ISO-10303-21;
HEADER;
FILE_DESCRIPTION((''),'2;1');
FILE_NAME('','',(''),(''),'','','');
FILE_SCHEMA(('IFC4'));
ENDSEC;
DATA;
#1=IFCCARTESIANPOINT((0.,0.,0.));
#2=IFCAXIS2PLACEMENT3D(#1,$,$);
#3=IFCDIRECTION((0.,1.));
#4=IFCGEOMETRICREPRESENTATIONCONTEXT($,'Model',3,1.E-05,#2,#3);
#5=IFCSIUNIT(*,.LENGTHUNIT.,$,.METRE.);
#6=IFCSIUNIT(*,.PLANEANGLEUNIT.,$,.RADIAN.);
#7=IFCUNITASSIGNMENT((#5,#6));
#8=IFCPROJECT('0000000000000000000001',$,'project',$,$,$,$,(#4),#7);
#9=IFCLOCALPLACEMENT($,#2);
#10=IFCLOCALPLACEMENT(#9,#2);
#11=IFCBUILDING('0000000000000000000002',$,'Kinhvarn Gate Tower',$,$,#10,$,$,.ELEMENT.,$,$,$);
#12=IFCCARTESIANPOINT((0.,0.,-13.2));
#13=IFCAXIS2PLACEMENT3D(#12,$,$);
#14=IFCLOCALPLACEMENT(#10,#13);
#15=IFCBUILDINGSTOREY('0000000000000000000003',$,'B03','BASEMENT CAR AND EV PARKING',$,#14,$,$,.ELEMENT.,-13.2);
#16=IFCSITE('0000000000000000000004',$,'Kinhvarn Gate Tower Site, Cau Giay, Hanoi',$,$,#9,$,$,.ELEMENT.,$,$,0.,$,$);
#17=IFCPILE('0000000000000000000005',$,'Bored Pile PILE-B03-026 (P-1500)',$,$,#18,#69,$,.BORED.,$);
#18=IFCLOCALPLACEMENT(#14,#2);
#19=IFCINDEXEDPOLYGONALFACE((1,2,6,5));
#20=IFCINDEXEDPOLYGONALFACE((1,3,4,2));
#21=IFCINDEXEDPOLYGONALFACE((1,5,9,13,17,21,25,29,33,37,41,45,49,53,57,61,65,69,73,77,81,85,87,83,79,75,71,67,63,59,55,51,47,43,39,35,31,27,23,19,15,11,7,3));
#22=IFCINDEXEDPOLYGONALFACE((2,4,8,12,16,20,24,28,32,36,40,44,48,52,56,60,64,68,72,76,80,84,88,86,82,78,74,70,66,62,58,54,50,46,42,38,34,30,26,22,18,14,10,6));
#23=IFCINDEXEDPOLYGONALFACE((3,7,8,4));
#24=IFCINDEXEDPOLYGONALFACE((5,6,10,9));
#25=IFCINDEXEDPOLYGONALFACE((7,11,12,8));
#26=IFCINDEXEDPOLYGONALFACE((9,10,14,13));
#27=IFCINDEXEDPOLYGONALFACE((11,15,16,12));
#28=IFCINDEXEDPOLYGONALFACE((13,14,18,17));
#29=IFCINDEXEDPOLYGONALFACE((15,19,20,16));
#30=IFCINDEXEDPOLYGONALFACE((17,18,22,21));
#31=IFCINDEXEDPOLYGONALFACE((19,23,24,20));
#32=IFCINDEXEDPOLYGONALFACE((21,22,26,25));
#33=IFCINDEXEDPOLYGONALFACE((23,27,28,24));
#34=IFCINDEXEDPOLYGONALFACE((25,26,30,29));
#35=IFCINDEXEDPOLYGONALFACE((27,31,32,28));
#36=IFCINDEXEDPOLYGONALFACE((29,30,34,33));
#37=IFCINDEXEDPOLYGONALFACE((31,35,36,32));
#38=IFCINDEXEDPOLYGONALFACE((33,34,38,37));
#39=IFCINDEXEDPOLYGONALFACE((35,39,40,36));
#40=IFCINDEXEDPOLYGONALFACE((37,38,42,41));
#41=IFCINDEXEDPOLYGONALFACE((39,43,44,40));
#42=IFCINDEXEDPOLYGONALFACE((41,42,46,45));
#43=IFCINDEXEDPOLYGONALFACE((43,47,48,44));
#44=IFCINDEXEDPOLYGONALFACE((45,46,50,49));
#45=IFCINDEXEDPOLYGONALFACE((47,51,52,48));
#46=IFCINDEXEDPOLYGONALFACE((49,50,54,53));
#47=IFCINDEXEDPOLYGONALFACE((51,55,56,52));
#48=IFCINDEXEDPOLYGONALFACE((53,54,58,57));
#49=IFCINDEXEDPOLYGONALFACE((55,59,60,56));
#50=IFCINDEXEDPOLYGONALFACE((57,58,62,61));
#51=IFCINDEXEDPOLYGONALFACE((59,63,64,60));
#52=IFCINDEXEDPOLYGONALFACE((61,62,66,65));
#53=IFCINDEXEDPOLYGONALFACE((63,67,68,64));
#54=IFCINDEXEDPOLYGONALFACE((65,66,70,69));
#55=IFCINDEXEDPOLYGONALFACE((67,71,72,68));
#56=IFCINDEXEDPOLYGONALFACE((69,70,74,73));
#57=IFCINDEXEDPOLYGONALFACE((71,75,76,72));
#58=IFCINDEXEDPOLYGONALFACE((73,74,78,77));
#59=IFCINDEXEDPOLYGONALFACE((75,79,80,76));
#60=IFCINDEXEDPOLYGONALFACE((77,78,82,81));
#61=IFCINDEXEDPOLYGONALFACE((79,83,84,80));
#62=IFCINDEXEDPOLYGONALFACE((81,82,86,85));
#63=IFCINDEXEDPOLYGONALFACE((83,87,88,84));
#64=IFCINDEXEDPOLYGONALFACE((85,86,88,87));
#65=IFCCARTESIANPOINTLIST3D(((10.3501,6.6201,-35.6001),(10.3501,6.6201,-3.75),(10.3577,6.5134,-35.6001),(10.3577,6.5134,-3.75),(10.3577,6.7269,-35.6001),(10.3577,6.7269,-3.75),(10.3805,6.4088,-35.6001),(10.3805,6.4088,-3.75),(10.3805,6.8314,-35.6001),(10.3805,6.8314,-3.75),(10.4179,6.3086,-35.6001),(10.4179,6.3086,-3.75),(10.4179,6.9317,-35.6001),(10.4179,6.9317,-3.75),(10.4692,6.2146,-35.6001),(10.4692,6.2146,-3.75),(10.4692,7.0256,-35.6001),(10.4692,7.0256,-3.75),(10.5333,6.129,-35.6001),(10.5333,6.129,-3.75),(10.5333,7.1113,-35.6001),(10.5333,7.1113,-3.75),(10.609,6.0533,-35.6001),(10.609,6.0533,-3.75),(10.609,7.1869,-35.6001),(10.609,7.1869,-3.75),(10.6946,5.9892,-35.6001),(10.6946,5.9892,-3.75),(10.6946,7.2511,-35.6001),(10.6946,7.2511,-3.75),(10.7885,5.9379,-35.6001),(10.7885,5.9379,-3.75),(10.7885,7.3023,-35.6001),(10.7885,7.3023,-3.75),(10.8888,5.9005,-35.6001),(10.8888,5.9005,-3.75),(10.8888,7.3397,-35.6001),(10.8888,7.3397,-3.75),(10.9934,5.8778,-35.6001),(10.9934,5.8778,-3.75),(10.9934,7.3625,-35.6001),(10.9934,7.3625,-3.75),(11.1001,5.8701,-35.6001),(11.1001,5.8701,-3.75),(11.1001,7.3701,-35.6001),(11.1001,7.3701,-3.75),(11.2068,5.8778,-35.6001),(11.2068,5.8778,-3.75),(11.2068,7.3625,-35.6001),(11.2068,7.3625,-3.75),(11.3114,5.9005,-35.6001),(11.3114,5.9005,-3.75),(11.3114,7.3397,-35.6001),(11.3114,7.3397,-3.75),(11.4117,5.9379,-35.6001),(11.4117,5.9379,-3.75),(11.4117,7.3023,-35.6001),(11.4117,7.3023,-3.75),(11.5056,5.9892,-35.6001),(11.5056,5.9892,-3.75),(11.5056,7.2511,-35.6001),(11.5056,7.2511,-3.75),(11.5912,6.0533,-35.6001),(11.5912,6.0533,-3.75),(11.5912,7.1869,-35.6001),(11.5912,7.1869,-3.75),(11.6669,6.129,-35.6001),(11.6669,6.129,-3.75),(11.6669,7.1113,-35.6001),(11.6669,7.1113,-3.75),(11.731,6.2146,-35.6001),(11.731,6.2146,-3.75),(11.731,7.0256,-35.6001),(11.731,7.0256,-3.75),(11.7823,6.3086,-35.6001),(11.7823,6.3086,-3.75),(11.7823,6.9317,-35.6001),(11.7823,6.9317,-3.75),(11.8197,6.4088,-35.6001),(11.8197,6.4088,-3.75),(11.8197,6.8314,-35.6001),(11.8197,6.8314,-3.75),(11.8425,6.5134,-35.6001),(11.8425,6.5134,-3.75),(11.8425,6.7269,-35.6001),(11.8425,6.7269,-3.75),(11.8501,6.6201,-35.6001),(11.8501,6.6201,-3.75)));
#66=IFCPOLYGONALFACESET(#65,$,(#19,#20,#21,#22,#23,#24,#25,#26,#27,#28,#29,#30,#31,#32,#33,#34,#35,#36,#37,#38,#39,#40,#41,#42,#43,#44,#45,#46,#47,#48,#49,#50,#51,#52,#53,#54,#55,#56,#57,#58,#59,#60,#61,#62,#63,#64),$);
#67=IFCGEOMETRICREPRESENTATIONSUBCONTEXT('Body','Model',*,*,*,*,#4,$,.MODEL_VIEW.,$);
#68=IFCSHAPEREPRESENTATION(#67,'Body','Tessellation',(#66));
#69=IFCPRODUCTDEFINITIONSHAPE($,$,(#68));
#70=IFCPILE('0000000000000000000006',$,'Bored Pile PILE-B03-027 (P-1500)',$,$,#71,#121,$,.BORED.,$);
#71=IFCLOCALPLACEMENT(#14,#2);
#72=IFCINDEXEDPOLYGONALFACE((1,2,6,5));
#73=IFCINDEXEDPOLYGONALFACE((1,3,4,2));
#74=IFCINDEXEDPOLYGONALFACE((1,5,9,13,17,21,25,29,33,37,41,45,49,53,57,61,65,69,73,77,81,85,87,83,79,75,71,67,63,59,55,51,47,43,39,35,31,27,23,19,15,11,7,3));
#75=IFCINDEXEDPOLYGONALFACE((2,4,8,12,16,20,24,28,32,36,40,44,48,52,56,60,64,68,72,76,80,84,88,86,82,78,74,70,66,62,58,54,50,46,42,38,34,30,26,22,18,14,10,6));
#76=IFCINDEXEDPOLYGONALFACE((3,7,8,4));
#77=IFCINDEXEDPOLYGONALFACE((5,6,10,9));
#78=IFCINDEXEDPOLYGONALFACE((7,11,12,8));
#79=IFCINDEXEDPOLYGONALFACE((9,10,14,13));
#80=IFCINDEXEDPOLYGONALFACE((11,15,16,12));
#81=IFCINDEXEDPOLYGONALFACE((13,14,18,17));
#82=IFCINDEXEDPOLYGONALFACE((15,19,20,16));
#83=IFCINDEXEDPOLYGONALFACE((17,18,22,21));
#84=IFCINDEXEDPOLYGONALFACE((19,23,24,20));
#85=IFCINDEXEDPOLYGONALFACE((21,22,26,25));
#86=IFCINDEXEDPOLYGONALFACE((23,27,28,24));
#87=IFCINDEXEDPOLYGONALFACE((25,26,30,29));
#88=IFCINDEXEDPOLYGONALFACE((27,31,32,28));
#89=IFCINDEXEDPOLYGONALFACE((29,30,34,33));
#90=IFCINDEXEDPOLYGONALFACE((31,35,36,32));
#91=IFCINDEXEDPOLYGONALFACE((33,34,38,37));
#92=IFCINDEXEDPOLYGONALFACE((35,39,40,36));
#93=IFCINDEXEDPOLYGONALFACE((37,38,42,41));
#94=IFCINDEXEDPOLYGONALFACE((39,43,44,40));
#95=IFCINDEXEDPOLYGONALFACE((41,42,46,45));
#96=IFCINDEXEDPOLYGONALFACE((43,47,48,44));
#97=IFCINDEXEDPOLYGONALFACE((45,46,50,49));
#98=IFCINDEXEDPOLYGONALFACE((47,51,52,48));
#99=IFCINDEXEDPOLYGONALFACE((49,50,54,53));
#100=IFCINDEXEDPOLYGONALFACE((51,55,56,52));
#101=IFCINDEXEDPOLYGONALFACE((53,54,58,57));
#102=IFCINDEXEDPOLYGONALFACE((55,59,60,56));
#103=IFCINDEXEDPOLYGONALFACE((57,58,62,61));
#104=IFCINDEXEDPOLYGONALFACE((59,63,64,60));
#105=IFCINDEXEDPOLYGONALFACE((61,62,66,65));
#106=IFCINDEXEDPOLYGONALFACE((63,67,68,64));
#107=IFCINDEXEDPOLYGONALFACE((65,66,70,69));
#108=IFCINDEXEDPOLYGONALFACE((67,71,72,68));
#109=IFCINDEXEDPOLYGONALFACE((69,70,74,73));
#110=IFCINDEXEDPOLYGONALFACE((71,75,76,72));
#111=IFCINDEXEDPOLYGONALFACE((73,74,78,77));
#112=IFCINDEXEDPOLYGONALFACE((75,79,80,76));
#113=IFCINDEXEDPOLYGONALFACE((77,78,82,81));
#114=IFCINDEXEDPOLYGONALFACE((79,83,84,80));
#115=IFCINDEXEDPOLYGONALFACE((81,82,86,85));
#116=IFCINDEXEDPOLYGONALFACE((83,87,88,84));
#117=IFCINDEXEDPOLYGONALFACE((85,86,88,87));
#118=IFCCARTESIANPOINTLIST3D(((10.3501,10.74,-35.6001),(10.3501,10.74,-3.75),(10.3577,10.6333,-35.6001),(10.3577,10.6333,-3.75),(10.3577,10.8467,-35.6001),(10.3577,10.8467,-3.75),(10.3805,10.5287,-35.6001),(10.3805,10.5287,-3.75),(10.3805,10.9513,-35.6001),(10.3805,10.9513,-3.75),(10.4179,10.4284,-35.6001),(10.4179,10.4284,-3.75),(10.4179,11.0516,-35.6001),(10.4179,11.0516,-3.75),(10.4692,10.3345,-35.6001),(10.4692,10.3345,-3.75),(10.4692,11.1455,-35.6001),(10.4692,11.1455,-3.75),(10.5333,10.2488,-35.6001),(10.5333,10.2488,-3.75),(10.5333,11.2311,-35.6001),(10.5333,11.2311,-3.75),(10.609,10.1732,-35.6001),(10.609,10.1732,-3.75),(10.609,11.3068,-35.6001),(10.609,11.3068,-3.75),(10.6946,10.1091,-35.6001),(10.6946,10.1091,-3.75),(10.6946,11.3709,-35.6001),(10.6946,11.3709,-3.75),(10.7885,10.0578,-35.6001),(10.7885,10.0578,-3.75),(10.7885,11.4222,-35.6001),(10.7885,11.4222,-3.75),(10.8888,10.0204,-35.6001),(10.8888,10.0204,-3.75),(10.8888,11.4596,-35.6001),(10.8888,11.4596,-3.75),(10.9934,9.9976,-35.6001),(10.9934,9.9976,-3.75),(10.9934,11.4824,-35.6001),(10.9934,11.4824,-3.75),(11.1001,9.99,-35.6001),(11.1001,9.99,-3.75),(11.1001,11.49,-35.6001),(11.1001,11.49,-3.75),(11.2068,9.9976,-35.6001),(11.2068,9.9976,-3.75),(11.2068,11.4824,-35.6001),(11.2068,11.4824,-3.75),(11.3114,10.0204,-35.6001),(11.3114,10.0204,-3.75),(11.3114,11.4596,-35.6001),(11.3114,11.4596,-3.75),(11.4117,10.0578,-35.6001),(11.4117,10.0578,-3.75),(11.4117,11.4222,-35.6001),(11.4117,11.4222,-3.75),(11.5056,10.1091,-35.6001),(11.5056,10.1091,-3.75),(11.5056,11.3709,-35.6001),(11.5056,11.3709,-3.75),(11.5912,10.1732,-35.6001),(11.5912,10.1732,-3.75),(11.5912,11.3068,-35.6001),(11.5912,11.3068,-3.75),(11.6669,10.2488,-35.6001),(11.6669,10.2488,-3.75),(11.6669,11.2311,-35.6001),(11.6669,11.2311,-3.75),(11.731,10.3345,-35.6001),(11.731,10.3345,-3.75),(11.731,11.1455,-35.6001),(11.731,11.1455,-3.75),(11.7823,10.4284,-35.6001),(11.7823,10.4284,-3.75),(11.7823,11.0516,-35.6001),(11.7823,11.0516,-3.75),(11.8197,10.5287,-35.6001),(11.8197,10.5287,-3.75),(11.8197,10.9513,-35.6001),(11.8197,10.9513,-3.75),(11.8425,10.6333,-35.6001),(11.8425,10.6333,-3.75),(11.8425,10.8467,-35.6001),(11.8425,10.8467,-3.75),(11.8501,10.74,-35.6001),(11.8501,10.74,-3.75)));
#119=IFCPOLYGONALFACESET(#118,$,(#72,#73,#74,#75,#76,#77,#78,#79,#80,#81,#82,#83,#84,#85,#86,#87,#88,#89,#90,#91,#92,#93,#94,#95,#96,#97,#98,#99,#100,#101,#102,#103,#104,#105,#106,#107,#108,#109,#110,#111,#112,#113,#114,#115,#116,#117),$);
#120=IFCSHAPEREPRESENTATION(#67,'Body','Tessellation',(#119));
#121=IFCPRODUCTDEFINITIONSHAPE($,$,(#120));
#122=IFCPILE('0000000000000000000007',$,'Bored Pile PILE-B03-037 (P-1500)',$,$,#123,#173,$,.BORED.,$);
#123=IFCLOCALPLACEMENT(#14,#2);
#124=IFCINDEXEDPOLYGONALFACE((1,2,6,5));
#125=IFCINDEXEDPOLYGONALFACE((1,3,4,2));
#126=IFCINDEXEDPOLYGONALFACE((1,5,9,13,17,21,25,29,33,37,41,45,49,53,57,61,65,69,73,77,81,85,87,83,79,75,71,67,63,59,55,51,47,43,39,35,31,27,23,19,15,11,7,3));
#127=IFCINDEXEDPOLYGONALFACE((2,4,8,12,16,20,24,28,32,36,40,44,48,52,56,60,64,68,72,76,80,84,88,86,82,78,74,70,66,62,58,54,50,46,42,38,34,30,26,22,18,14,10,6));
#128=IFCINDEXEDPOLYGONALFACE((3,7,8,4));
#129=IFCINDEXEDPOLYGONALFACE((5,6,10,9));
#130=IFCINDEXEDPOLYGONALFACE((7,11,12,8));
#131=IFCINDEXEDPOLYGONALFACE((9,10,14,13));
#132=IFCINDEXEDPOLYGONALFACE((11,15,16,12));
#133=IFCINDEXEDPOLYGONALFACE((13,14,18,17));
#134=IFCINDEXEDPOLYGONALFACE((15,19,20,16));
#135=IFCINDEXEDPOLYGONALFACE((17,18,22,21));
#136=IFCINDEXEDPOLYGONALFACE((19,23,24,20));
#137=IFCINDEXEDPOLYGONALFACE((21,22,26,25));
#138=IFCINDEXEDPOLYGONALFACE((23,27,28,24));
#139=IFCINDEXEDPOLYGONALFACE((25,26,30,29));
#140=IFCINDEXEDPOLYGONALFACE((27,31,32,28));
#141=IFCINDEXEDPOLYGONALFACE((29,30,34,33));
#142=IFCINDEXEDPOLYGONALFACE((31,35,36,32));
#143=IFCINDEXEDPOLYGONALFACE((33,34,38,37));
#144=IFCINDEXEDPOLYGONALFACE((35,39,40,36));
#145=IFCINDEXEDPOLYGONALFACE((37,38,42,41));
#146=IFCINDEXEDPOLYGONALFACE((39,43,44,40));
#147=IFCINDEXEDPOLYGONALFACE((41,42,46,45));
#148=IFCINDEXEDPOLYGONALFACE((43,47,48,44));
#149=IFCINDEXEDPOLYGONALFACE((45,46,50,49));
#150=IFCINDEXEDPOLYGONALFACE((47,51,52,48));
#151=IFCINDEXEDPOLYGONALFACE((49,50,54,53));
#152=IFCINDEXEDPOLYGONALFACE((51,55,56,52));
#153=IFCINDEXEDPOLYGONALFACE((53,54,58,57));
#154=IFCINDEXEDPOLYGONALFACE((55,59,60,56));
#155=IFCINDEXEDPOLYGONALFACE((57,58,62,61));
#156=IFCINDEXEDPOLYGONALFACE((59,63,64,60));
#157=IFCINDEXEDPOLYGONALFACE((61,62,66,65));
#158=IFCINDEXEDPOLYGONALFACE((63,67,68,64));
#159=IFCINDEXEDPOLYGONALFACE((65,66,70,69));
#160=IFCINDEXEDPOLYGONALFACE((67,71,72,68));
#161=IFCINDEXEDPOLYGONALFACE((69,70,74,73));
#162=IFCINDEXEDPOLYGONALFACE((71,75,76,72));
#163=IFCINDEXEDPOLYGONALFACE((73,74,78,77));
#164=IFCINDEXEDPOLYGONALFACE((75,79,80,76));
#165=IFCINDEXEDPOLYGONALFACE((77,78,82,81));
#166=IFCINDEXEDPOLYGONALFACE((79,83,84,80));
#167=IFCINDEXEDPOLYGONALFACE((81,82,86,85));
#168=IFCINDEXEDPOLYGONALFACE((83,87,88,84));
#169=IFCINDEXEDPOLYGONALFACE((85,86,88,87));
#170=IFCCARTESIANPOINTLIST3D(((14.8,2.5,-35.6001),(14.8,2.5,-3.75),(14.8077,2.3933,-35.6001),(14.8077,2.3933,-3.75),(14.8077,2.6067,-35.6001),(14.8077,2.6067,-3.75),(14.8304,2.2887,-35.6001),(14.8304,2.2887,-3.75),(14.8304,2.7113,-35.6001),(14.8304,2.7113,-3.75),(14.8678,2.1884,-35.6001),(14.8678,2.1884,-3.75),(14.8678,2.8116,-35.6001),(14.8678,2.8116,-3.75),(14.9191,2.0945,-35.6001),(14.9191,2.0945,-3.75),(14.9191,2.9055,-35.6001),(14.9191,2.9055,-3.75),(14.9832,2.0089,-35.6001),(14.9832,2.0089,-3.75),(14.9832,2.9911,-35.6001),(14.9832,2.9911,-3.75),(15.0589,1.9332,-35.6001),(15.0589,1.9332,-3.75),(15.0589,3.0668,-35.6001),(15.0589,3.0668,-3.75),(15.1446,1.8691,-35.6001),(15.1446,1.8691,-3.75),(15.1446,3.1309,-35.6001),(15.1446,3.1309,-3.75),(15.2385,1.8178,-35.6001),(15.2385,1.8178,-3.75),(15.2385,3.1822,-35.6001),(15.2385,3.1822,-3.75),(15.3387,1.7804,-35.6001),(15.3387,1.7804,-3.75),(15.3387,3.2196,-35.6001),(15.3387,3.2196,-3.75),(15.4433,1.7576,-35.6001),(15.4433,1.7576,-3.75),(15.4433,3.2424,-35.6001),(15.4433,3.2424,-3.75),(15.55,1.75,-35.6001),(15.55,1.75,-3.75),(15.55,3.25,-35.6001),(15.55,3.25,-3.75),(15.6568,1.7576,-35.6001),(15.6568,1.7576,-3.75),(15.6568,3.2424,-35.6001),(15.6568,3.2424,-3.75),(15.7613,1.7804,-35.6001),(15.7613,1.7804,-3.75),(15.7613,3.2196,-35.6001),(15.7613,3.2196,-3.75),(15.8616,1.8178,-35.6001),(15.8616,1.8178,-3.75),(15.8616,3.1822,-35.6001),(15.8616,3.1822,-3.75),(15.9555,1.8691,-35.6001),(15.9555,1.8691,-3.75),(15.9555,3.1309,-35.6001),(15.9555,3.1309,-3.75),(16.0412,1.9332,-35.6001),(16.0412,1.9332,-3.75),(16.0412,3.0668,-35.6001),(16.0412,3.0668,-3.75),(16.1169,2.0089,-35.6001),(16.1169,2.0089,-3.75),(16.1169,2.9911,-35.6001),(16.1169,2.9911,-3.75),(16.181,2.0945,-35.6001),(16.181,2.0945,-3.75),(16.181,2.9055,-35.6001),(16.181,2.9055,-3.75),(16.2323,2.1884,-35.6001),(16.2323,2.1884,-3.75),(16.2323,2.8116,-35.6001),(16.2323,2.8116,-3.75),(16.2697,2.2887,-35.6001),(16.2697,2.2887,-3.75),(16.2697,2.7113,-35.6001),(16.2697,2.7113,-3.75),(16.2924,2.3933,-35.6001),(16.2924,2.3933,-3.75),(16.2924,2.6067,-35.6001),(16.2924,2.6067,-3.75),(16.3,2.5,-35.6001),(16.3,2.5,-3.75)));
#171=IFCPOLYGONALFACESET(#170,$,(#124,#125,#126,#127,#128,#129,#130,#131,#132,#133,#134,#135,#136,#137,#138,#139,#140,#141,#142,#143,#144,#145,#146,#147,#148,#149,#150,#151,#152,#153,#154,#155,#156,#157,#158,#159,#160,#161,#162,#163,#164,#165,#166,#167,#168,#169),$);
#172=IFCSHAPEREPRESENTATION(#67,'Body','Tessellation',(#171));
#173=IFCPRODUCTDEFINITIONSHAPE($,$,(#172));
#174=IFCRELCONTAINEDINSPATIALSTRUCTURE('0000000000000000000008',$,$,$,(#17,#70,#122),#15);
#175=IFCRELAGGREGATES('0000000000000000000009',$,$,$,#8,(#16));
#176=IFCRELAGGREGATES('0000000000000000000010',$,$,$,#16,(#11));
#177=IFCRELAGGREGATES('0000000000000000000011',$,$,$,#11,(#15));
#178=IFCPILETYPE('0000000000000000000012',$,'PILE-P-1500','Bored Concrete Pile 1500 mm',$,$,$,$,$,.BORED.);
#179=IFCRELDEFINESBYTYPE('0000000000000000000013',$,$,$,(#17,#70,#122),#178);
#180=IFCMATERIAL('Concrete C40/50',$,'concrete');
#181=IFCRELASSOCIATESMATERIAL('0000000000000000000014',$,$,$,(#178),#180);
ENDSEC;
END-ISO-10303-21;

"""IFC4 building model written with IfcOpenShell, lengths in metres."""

from ifc_helpers import new_model, si_unit, direction, frame, origin, origin_2d, place, context, subcontext, project, spatial, circle, extrude, material, material_profile, profile_set, type_object, element, save


model = new_model("IFC4")

# Units and contexts
model_context = context("Model", 3, precision=1e-05, world=origin(), true_north=direction((0.0, 1.0)))
body_context = subcontext(model_context, "Body", "Model", "MODEL_VIEW")
ifc_project = project(units=[si_unit("LENGTHUNIT", "METRE"), si_unit("PLANEANGLEUNIT", "RADIAN")], contexts=[model_context])

# Site, building, storey
site_placement = place(None, origin())
site = spatial("IfcSite", under=ifc_project, at=site_placement, Name="Kinhvarn Gate Tower Site, Cau Giay, Hanoi", CompositionType="ELEMENT", RefElevation=0.0)
building_placement = place(site_placement, origin())
building = spatial("IfcBuilding", under=site, at=building_placement, Name="Kinhvarn Gate Tower", CompositionType="ELEMENT")
storey_placement = place(building_placement, frame((0.0, 0.0, -13.2)))
storey = spatial("IfcBuildingStorey", under=building, at=storey_placement, Name="B03", Description="BASEMENT CAR AND EV PARKING", CompositionType="ELEMENT", Elevation=-13.2)

# Piles
ifc_material = material(Name="Concrete C40/50", Category="concrete")
ifc_material_profile_1 = material_profile(ifc_material, circle(Radius=0.75, at=origin_2d()), Name="PILE D1500")
ifc_profile_set_1 = profile_set([ifc_material_profile_1], Name="Concrete C40/50")
pile_type_1 = type_object("IfcPileType", Name="PILE-P-1500", Description="Bored Concrete Pile 1500 mm", PredefinedType="BORED", material=ifc_profile_set_1)
for number, where, z_axis, x_axis, name in (
    (1, (11.1001, 6.6201, -35.6001), (0.0, 0.0, 1.0), (1.0, 0.0, 0.0), "Bored Pile PILE-B03-026 (P-1500)"),
    (2, (11.1001, 10.74, -35.6001), (0.0, 0.0, 1.0), (1.0, 0.0, 0.0), "Bored Pile PILE-B03-027 (P-1500)"),
    (3, (15.55, 2.5, -35.6001), (0.0, 0.0, 1.0), (1.0, 0.0, 0.0), "Bored Pile PILE-B03-037 (P-1500)"),
):
    element("IfcPile", number, at=place(storey_placement, frame(where, z_axis=z_axis, x_axis=x_axis)), inside=storey, type_object=pile_type_1, Name=name, PredefinedType="BORED", context=body_context, shape_type="SweptSolid", body=[
        extrude(circle(Radius=0.75, at=origin_2d()), origin(), (0.0, 0.0, 1.0), 31.8501),
    ])

save(model, "model.ifc")
